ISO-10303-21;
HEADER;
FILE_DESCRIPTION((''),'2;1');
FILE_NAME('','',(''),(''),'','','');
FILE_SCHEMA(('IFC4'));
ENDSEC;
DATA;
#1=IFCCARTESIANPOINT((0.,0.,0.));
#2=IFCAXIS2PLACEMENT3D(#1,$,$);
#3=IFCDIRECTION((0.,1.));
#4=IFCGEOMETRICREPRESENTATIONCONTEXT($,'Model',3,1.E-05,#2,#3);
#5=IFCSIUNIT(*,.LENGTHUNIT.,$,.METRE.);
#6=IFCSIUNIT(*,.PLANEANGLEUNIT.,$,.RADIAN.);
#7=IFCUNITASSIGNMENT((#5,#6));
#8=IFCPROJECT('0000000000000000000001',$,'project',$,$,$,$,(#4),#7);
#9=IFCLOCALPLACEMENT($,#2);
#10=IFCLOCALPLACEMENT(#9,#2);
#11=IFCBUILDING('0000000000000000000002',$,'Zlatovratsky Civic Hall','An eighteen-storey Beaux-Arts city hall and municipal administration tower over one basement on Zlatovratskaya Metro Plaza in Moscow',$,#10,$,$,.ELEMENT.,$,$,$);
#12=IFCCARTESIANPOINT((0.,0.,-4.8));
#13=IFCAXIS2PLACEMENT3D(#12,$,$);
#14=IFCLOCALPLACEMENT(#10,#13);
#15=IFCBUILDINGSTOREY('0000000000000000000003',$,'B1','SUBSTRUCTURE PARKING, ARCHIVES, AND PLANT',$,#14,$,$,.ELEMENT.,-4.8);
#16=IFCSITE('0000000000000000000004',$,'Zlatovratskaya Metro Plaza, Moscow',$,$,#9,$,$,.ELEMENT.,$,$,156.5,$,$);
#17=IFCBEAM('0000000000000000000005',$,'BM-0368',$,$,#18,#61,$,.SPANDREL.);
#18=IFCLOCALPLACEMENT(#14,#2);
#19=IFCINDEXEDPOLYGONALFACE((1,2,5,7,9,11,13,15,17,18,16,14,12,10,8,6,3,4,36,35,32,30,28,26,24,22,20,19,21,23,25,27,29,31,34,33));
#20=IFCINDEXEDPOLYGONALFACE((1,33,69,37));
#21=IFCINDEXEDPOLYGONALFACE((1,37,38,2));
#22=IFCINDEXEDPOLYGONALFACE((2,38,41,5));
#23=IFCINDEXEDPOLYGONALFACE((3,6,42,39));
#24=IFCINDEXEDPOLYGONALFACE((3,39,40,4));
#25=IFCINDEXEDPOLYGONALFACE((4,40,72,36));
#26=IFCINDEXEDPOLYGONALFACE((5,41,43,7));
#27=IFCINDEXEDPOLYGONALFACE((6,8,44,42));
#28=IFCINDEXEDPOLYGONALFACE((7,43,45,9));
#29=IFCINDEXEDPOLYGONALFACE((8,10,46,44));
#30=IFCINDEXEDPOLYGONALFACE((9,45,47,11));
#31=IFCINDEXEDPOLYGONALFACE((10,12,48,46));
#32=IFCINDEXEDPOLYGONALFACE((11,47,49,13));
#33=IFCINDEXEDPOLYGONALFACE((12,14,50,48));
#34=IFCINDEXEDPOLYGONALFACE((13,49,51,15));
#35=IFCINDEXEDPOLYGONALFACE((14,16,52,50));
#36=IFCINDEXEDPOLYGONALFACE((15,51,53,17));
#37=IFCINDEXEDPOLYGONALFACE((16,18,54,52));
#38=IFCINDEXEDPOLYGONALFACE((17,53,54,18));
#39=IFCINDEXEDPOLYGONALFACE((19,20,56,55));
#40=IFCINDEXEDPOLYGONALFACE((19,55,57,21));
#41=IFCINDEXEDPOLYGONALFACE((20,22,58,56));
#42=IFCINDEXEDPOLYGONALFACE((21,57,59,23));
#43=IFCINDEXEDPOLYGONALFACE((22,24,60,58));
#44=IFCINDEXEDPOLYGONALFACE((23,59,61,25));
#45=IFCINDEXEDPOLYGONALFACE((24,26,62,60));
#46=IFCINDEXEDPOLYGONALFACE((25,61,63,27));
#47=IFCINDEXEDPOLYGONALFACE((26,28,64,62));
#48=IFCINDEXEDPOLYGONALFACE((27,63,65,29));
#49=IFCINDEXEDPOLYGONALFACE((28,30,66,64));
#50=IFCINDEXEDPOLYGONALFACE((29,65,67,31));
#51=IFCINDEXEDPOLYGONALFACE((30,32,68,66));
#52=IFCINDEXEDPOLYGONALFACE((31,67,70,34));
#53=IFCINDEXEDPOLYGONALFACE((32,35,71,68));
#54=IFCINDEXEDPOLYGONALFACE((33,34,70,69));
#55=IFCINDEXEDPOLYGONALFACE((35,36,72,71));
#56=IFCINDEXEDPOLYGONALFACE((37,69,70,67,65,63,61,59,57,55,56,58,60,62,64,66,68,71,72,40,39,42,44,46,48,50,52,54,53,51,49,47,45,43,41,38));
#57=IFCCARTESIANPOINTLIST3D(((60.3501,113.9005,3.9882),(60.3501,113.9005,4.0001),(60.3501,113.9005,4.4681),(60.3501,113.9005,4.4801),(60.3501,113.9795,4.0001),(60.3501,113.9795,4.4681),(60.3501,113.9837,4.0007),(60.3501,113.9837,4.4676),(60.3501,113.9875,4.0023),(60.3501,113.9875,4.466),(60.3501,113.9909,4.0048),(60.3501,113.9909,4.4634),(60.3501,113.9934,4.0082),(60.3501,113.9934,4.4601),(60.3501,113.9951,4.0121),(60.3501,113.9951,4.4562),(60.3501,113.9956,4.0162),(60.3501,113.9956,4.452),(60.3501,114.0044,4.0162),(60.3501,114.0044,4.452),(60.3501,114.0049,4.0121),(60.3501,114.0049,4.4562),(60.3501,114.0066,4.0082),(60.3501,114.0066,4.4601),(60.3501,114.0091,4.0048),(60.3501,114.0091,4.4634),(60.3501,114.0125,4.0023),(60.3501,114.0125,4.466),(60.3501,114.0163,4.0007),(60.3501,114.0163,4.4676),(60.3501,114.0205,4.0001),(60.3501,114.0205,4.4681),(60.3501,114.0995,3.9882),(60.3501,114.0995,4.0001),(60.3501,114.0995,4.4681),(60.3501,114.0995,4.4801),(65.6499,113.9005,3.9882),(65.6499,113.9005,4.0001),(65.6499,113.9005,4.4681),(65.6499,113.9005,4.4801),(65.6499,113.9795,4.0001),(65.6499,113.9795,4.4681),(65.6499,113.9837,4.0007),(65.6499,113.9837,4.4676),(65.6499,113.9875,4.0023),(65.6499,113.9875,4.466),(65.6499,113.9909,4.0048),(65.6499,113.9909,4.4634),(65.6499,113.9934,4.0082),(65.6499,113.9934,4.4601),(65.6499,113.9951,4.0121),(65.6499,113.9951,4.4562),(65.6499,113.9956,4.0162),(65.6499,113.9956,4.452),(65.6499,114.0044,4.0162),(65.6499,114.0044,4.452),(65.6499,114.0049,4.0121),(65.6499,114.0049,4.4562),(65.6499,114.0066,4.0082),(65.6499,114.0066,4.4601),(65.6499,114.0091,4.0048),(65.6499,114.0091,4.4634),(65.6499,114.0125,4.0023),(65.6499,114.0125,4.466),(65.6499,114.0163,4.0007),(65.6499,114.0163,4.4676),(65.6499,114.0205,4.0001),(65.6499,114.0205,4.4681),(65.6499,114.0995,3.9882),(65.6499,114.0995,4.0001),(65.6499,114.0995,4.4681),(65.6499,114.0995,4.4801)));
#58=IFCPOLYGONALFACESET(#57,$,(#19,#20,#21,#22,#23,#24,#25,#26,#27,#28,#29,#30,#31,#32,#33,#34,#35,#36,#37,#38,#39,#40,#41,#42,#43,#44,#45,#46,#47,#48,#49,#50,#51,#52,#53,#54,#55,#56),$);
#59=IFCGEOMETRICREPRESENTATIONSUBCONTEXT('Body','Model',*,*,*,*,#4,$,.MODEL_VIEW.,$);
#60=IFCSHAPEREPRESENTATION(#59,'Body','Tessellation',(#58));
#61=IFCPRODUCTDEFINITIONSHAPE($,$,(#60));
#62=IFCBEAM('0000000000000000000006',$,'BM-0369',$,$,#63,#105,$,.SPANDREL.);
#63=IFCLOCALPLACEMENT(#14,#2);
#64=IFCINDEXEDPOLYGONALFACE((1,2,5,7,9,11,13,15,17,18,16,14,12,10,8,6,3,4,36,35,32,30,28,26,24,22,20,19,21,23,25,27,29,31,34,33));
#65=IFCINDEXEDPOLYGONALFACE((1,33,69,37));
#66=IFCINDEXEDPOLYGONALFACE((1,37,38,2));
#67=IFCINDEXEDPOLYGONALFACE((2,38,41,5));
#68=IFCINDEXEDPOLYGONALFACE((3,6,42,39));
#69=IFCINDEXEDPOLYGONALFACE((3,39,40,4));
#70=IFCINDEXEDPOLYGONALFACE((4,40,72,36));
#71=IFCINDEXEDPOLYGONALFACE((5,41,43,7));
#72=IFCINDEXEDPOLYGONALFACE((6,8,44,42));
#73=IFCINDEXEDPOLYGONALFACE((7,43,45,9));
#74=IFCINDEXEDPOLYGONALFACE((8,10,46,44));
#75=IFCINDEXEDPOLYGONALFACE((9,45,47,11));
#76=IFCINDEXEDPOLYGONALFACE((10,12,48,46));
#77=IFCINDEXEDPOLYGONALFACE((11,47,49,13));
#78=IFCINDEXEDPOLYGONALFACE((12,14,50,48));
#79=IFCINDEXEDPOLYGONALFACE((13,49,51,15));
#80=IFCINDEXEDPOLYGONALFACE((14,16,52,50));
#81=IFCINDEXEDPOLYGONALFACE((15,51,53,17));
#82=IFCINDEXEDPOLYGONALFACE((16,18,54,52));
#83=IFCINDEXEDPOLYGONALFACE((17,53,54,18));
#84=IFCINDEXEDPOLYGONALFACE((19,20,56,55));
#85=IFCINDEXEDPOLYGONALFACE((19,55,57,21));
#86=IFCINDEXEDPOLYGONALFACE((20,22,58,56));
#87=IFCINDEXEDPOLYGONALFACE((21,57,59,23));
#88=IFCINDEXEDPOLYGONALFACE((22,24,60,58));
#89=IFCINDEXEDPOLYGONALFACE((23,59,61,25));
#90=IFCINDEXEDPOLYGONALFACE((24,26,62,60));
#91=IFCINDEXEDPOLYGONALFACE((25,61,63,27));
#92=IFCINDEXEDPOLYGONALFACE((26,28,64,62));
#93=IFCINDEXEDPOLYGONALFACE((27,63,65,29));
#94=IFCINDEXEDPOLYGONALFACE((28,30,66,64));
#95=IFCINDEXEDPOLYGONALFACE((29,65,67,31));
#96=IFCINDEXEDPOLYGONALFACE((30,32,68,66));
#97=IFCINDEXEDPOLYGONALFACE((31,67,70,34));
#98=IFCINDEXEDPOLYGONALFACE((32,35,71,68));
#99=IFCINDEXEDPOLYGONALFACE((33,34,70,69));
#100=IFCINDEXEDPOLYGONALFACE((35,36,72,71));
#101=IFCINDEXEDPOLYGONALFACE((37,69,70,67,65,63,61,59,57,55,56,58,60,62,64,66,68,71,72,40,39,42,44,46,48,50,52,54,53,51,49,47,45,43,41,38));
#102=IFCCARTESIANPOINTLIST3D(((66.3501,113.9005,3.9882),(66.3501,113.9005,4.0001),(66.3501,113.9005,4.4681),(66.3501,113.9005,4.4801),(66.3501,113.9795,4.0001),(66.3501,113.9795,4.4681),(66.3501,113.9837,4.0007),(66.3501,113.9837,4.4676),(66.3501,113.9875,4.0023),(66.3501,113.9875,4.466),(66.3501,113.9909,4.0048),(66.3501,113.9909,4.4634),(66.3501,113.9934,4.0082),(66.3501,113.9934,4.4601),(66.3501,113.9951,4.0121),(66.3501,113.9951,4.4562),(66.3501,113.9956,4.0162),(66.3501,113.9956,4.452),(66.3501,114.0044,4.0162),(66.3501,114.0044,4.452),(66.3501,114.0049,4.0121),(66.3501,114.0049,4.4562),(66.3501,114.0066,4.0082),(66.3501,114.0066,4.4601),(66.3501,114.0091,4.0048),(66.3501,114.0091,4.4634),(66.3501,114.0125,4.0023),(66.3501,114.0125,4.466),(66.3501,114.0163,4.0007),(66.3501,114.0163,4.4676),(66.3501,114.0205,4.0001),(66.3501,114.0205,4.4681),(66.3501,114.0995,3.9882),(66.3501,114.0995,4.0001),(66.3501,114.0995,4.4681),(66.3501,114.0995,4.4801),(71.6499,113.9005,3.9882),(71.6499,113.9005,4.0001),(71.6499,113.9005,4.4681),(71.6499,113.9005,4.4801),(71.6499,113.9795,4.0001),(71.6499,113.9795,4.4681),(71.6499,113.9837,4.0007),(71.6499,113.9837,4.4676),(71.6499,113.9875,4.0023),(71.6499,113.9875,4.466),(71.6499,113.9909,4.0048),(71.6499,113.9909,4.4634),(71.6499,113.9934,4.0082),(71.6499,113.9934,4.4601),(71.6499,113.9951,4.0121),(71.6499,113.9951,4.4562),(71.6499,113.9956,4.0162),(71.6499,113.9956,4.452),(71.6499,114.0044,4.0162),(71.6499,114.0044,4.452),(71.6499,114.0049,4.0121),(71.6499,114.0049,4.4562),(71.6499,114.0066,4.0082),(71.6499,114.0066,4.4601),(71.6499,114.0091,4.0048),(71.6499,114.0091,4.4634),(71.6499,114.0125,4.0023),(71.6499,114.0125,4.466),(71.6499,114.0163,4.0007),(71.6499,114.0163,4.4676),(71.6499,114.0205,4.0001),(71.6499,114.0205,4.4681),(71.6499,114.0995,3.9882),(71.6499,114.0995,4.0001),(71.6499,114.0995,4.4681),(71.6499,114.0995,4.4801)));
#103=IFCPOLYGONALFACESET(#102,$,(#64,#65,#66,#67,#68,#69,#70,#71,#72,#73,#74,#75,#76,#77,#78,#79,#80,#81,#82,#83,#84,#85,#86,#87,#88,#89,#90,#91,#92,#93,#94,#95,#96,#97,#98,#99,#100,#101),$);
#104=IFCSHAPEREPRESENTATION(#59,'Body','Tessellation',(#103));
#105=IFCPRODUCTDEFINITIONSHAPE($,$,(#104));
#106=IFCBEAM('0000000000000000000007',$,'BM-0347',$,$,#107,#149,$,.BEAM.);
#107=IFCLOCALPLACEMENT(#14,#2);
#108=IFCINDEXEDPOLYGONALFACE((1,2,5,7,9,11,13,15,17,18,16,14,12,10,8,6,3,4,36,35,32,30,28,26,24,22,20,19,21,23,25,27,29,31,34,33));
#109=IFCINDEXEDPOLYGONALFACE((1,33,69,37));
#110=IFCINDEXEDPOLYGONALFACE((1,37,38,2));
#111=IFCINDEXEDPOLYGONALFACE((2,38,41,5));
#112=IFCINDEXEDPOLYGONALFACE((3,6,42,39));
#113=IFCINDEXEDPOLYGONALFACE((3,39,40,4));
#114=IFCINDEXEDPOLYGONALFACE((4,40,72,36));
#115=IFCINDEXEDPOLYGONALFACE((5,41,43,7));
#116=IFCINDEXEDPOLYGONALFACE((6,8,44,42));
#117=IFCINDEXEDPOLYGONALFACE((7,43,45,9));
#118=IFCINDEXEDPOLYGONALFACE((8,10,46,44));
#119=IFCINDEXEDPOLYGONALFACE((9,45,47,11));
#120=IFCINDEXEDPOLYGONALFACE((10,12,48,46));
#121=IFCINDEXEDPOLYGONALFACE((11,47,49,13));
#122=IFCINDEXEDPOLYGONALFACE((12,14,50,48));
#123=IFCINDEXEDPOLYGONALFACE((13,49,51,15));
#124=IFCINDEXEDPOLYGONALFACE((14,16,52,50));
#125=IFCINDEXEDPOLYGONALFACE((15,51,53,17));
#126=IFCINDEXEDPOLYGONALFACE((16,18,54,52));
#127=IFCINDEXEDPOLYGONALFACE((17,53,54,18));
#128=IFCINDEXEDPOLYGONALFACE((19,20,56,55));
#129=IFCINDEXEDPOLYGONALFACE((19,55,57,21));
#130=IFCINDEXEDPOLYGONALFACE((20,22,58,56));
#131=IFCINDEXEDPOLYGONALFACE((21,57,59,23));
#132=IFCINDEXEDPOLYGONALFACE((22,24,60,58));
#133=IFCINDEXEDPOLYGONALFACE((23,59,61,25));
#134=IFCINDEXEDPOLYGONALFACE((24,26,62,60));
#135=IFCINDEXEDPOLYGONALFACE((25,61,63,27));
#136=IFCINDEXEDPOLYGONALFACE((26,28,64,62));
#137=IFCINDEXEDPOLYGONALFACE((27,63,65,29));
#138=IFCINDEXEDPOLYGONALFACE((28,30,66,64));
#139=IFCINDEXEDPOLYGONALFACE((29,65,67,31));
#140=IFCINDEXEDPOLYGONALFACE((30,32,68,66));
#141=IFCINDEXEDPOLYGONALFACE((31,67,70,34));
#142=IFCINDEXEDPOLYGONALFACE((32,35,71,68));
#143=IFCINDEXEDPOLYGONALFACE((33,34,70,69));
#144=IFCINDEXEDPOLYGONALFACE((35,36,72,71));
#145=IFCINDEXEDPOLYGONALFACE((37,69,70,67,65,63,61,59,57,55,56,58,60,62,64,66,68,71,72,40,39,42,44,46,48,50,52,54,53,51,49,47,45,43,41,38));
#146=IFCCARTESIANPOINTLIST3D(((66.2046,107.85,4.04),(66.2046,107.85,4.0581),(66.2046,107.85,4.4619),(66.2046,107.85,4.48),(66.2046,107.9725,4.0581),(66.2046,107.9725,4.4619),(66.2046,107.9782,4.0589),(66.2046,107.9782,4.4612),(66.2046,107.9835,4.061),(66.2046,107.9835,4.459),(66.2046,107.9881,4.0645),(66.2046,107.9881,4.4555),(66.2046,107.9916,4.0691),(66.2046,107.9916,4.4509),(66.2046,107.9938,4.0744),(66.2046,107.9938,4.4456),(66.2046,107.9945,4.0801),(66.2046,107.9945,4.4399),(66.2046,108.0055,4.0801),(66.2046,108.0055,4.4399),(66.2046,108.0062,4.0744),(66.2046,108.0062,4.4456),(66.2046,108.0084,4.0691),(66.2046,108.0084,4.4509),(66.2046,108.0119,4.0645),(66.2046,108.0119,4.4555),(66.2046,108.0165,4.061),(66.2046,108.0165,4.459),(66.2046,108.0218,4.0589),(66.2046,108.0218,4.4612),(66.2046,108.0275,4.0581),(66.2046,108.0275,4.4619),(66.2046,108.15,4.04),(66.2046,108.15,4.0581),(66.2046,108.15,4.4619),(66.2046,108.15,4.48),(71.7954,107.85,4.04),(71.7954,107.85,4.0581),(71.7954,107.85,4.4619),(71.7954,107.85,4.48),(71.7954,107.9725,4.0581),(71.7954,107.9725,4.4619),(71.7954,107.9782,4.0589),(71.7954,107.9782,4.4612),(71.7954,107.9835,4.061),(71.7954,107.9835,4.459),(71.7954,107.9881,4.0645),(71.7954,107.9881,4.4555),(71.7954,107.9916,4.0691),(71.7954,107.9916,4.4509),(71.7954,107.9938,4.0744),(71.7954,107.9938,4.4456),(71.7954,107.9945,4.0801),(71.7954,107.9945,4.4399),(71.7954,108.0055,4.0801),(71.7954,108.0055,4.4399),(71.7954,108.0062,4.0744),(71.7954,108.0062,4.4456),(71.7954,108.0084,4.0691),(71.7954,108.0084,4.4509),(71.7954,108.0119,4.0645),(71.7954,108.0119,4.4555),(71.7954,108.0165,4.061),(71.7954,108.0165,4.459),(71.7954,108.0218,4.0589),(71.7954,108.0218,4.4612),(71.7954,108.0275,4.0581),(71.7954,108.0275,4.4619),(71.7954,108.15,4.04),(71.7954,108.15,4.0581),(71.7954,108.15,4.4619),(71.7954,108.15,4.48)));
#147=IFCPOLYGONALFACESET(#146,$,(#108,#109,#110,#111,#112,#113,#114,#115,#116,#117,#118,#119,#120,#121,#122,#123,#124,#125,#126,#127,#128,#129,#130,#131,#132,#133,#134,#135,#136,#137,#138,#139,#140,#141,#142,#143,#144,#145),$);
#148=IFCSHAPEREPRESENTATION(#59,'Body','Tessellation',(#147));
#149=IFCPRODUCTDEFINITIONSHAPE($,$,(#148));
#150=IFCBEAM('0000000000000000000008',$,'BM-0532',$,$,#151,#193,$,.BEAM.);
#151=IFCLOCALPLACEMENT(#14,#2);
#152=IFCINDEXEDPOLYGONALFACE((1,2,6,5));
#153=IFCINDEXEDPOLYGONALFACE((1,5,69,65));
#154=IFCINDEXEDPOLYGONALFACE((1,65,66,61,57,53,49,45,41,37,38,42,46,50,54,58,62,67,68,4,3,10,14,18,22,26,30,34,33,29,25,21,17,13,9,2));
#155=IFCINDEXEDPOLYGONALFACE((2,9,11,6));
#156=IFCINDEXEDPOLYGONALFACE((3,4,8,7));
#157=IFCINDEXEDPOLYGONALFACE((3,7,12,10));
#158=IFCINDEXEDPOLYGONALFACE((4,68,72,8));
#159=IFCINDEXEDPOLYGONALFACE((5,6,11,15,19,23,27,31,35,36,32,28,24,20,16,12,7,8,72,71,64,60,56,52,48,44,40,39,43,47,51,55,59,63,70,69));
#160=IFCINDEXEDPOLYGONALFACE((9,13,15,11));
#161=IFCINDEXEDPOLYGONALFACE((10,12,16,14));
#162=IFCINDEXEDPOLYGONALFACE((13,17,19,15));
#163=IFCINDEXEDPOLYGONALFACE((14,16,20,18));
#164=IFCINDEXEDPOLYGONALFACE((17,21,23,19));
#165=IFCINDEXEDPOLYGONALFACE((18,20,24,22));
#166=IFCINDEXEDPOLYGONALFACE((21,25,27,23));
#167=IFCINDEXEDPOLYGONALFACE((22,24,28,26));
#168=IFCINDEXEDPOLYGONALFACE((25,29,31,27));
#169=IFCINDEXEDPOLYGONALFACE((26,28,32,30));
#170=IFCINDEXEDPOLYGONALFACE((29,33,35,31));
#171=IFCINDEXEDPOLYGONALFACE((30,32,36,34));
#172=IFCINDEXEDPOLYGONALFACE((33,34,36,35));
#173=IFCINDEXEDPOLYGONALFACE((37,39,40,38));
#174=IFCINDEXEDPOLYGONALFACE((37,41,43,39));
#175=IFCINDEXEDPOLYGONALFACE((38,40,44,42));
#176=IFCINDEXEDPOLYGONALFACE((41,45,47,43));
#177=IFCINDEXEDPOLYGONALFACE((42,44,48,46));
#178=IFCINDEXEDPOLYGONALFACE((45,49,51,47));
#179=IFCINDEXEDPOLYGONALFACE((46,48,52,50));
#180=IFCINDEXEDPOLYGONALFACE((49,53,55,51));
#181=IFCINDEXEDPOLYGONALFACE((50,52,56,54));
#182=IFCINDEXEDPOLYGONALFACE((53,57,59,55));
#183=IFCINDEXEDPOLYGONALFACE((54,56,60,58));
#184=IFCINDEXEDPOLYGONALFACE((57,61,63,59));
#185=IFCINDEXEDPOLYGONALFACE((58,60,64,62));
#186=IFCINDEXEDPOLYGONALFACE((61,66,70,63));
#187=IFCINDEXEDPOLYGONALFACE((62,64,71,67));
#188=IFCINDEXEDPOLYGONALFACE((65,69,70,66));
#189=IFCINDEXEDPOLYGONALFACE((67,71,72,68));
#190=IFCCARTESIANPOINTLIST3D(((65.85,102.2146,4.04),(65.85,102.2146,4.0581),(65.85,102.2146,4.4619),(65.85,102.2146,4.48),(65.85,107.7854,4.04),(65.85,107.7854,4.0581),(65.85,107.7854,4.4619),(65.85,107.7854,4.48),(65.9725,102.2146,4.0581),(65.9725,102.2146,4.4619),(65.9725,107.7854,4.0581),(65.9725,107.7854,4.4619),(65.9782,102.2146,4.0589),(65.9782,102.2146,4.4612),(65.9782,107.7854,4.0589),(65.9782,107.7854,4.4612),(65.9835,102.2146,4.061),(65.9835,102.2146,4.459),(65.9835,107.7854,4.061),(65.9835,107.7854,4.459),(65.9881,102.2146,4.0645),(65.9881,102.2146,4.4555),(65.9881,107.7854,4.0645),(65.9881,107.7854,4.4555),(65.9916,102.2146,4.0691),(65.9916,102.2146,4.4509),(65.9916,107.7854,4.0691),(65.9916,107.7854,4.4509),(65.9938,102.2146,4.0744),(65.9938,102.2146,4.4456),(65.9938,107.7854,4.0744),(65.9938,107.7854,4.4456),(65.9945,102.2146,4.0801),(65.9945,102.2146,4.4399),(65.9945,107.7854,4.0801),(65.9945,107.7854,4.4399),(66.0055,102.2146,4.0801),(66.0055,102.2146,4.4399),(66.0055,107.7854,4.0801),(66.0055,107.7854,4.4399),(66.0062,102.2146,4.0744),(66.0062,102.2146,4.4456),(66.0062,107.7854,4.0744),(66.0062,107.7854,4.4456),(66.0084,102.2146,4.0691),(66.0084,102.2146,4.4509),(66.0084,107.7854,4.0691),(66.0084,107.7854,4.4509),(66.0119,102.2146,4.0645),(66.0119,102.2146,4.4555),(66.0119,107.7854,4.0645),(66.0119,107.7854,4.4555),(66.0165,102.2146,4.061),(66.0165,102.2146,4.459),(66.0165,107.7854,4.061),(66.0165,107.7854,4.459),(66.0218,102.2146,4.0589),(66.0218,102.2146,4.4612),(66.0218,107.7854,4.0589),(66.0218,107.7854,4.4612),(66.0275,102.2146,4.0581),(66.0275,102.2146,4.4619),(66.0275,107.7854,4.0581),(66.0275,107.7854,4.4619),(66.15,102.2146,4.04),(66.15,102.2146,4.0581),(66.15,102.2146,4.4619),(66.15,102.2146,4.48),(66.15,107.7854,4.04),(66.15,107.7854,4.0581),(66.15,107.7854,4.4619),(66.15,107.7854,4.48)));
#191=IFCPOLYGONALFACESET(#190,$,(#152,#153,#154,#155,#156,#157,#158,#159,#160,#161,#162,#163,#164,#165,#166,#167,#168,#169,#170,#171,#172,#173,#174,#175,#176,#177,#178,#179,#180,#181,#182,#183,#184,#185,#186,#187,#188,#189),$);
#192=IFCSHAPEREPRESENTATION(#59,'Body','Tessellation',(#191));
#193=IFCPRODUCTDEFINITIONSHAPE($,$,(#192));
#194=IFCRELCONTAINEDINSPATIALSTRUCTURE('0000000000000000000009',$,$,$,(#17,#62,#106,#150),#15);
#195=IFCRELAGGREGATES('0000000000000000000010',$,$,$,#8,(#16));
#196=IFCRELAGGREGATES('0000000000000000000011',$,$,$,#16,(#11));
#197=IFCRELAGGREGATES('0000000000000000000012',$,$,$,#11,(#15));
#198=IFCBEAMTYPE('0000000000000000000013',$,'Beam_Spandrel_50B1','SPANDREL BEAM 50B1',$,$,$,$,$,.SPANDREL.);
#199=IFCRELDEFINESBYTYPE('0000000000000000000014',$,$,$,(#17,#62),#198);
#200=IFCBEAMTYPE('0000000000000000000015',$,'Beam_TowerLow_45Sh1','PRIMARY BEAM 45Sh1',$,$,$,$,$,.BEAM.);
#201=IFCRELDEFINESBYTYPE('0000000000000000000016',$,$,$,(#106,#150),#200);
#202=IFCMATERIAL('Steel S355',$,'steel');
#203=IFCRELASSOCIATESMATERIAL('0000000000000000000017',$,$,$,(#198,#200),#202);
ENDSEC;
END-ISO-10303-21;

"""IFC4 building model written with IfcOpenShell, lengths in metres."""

from ifc_helpers import new_model, si_unit, direction, frame, origin, origin_2d, place, context, subcontext, project, spatial, i_section, extrude, material, material_profile, profile_set, type_object, element, save


model = new_model("IFC4")

# Units and contexts
model_context = context("Model", 3, precision=1e-05, world=origin(), true_north=direction((0.0, 1.0)))
body_context = subcontext(model_context, "Body", "Model", "MODEL_VIEW")
ifc_project = project(units=[si_unit("LENGTHUNIT", "METRE"), si_unit("PLANEANGLEUNIT", "RADIAN")], contexts=[model_context])

# Site, building, storey
site_placement = place(None, origin())
site = spatial("IfcSite", under=ifc_project, at=site_placement, Name="Zlatovratskaya Metro Plaza, Moscow", CompositionType="ELEMENT", RefElevation=156.5)
building_placement = place(site_placement, origin())
building = spatial("IfcBuilding", under=site, at=building_placement, Name="Zlatovratsky Civic Hall", Description="An eighteen-storey Beaux-Arts city hall and municipal administration tower over one basement on Zlatovratskaya Metro Plaza in Moscow", CompositionType="ELEMENT")
storey_placement = place(building_placement, frame((0.0, 0.0, -4.8)))
storey = spatial("IfcBuildingStorey", under=building, at=storey_placement, Name="B1", Description="SUBSTRUCTURE PARKING, ARCHIVES, AND PLANT", CompositionType="ELEMENT", Elevation=-4.8)

# Shared definitions
ifc_material_1 = material(Name="Steel S355", Category="steel")

# Beams
ifc_material_profile_1 = material_profile(ifc_material_1, i_section(OverallWidth=0.199, OverallDepth=0.4919, WebThickness=0.0088, FlangeThickness=0.012, FilletRadius=0.0161, at=origin_2d()), Name="50B1")
ifc_profile_set_1 = profile_set([ifc_material_profile_1], Name="Steel S355")
beam_type_1 = type_object("IfcBeamType", Name="Beam_Spandrel_50B1", Description="SPANDREL BEAM 50B1", PredefinedType="SPANDREL", material=ifc_profile_set_1)
for number, where, z_axis, x_axis, name in (
    (1, (60.3501, 114.0, 4.2341), (1.0, 0.0, 0.0), (0.0, 1.0, 0.0), "BM-0368"),
    (2, (66.3501, 114.0, 4.2341), (1.0, 0.0, 0.0), (0.0, 1.0, 0.0), "BM-0369"),
):
    element("IfcBeam", number, at=place(storey_placement, frame(where, z_axis=z_axis, x_axis=x_axis)), inside=storey, type_object=beam_type_1, Name=name, PredefinedType="SPANDREL", context=body_context, shape_type="SweptSolid", body=[
        extrude(i_section(OverallWidth=0.199, OverallDepth=0.4919, WebThickness=0.0088, FlangeThickness=0.012, FilletRadius=0.0161, at=origin_2d()), origin(), (0.0, 0.0, 1.0), 5.2998),
    ])
ifc_material_profile_2 = material_profile(ifc_material_1, i_section(OverallWidth=0.3, OverallDepth=0.4399, WebThickness=0.011, FlangeThickness=0.0181, FilletRadius=0.022, at=origin_2d()), Name="45Sh1")
ifc_profile_set_2 = profile_set([ifc_material_profile_2], Name="Steel S355")
beam_type_2 = type_object("IfcBeamType", Name="Beam_TowerLow_45Sh1", Description="PRIMARY BEAM 45Sh1", PredefinedType="BEAM", material=ifc_profile_set_2)
beam_1_placement = place(storey_placement, frame((66.2046, 108.0, 4.26), z_axis=(1.0, 0.0, 0.0), x_axis=(0.0, 1.0, 0.0)))
element("IfcBeam", 3, at=beam_1_placement, inside=storey, type_object=beam_type_2, Name="BM-0347", PredefinedType="BEAM", context=body_context, shape_type="SweptSolid", body=[
    extrude(i_section(OverallWidth=0.3, OverallDepth=0.4399, WebThickness=0.011, FlangeThickness=0.0181, FilletRadius=0.022, at=origin_2d()), origin(), (0.0, 0.0, 1.0), 5.5908),
])
beam_2_placement = place(storey_placement, frame((66.0, 102.2146, 4.26), z_axis=(0.0, 1.0, 0.0), x_axis=(-1.0, 0.0, 0.0)))
element("IfcBeam", 4, at=beam_2_placement, inside=storey, type_object=beam_type_2, Name="BM-0532", PredefinedType="BEAM", context=body_context, shape_type="SweptSolid", body=[
    extrude(i_section(OverallWidth=0.3, OverallDepth=0.4399, WebThickness=0.011, FlangeThickness=0.0181, FilletRadius=0.022, at=origin_2d()), origin(), (0.0, 0.0, 1.0), 5.5708),
])

save(model, "model.ifc")
